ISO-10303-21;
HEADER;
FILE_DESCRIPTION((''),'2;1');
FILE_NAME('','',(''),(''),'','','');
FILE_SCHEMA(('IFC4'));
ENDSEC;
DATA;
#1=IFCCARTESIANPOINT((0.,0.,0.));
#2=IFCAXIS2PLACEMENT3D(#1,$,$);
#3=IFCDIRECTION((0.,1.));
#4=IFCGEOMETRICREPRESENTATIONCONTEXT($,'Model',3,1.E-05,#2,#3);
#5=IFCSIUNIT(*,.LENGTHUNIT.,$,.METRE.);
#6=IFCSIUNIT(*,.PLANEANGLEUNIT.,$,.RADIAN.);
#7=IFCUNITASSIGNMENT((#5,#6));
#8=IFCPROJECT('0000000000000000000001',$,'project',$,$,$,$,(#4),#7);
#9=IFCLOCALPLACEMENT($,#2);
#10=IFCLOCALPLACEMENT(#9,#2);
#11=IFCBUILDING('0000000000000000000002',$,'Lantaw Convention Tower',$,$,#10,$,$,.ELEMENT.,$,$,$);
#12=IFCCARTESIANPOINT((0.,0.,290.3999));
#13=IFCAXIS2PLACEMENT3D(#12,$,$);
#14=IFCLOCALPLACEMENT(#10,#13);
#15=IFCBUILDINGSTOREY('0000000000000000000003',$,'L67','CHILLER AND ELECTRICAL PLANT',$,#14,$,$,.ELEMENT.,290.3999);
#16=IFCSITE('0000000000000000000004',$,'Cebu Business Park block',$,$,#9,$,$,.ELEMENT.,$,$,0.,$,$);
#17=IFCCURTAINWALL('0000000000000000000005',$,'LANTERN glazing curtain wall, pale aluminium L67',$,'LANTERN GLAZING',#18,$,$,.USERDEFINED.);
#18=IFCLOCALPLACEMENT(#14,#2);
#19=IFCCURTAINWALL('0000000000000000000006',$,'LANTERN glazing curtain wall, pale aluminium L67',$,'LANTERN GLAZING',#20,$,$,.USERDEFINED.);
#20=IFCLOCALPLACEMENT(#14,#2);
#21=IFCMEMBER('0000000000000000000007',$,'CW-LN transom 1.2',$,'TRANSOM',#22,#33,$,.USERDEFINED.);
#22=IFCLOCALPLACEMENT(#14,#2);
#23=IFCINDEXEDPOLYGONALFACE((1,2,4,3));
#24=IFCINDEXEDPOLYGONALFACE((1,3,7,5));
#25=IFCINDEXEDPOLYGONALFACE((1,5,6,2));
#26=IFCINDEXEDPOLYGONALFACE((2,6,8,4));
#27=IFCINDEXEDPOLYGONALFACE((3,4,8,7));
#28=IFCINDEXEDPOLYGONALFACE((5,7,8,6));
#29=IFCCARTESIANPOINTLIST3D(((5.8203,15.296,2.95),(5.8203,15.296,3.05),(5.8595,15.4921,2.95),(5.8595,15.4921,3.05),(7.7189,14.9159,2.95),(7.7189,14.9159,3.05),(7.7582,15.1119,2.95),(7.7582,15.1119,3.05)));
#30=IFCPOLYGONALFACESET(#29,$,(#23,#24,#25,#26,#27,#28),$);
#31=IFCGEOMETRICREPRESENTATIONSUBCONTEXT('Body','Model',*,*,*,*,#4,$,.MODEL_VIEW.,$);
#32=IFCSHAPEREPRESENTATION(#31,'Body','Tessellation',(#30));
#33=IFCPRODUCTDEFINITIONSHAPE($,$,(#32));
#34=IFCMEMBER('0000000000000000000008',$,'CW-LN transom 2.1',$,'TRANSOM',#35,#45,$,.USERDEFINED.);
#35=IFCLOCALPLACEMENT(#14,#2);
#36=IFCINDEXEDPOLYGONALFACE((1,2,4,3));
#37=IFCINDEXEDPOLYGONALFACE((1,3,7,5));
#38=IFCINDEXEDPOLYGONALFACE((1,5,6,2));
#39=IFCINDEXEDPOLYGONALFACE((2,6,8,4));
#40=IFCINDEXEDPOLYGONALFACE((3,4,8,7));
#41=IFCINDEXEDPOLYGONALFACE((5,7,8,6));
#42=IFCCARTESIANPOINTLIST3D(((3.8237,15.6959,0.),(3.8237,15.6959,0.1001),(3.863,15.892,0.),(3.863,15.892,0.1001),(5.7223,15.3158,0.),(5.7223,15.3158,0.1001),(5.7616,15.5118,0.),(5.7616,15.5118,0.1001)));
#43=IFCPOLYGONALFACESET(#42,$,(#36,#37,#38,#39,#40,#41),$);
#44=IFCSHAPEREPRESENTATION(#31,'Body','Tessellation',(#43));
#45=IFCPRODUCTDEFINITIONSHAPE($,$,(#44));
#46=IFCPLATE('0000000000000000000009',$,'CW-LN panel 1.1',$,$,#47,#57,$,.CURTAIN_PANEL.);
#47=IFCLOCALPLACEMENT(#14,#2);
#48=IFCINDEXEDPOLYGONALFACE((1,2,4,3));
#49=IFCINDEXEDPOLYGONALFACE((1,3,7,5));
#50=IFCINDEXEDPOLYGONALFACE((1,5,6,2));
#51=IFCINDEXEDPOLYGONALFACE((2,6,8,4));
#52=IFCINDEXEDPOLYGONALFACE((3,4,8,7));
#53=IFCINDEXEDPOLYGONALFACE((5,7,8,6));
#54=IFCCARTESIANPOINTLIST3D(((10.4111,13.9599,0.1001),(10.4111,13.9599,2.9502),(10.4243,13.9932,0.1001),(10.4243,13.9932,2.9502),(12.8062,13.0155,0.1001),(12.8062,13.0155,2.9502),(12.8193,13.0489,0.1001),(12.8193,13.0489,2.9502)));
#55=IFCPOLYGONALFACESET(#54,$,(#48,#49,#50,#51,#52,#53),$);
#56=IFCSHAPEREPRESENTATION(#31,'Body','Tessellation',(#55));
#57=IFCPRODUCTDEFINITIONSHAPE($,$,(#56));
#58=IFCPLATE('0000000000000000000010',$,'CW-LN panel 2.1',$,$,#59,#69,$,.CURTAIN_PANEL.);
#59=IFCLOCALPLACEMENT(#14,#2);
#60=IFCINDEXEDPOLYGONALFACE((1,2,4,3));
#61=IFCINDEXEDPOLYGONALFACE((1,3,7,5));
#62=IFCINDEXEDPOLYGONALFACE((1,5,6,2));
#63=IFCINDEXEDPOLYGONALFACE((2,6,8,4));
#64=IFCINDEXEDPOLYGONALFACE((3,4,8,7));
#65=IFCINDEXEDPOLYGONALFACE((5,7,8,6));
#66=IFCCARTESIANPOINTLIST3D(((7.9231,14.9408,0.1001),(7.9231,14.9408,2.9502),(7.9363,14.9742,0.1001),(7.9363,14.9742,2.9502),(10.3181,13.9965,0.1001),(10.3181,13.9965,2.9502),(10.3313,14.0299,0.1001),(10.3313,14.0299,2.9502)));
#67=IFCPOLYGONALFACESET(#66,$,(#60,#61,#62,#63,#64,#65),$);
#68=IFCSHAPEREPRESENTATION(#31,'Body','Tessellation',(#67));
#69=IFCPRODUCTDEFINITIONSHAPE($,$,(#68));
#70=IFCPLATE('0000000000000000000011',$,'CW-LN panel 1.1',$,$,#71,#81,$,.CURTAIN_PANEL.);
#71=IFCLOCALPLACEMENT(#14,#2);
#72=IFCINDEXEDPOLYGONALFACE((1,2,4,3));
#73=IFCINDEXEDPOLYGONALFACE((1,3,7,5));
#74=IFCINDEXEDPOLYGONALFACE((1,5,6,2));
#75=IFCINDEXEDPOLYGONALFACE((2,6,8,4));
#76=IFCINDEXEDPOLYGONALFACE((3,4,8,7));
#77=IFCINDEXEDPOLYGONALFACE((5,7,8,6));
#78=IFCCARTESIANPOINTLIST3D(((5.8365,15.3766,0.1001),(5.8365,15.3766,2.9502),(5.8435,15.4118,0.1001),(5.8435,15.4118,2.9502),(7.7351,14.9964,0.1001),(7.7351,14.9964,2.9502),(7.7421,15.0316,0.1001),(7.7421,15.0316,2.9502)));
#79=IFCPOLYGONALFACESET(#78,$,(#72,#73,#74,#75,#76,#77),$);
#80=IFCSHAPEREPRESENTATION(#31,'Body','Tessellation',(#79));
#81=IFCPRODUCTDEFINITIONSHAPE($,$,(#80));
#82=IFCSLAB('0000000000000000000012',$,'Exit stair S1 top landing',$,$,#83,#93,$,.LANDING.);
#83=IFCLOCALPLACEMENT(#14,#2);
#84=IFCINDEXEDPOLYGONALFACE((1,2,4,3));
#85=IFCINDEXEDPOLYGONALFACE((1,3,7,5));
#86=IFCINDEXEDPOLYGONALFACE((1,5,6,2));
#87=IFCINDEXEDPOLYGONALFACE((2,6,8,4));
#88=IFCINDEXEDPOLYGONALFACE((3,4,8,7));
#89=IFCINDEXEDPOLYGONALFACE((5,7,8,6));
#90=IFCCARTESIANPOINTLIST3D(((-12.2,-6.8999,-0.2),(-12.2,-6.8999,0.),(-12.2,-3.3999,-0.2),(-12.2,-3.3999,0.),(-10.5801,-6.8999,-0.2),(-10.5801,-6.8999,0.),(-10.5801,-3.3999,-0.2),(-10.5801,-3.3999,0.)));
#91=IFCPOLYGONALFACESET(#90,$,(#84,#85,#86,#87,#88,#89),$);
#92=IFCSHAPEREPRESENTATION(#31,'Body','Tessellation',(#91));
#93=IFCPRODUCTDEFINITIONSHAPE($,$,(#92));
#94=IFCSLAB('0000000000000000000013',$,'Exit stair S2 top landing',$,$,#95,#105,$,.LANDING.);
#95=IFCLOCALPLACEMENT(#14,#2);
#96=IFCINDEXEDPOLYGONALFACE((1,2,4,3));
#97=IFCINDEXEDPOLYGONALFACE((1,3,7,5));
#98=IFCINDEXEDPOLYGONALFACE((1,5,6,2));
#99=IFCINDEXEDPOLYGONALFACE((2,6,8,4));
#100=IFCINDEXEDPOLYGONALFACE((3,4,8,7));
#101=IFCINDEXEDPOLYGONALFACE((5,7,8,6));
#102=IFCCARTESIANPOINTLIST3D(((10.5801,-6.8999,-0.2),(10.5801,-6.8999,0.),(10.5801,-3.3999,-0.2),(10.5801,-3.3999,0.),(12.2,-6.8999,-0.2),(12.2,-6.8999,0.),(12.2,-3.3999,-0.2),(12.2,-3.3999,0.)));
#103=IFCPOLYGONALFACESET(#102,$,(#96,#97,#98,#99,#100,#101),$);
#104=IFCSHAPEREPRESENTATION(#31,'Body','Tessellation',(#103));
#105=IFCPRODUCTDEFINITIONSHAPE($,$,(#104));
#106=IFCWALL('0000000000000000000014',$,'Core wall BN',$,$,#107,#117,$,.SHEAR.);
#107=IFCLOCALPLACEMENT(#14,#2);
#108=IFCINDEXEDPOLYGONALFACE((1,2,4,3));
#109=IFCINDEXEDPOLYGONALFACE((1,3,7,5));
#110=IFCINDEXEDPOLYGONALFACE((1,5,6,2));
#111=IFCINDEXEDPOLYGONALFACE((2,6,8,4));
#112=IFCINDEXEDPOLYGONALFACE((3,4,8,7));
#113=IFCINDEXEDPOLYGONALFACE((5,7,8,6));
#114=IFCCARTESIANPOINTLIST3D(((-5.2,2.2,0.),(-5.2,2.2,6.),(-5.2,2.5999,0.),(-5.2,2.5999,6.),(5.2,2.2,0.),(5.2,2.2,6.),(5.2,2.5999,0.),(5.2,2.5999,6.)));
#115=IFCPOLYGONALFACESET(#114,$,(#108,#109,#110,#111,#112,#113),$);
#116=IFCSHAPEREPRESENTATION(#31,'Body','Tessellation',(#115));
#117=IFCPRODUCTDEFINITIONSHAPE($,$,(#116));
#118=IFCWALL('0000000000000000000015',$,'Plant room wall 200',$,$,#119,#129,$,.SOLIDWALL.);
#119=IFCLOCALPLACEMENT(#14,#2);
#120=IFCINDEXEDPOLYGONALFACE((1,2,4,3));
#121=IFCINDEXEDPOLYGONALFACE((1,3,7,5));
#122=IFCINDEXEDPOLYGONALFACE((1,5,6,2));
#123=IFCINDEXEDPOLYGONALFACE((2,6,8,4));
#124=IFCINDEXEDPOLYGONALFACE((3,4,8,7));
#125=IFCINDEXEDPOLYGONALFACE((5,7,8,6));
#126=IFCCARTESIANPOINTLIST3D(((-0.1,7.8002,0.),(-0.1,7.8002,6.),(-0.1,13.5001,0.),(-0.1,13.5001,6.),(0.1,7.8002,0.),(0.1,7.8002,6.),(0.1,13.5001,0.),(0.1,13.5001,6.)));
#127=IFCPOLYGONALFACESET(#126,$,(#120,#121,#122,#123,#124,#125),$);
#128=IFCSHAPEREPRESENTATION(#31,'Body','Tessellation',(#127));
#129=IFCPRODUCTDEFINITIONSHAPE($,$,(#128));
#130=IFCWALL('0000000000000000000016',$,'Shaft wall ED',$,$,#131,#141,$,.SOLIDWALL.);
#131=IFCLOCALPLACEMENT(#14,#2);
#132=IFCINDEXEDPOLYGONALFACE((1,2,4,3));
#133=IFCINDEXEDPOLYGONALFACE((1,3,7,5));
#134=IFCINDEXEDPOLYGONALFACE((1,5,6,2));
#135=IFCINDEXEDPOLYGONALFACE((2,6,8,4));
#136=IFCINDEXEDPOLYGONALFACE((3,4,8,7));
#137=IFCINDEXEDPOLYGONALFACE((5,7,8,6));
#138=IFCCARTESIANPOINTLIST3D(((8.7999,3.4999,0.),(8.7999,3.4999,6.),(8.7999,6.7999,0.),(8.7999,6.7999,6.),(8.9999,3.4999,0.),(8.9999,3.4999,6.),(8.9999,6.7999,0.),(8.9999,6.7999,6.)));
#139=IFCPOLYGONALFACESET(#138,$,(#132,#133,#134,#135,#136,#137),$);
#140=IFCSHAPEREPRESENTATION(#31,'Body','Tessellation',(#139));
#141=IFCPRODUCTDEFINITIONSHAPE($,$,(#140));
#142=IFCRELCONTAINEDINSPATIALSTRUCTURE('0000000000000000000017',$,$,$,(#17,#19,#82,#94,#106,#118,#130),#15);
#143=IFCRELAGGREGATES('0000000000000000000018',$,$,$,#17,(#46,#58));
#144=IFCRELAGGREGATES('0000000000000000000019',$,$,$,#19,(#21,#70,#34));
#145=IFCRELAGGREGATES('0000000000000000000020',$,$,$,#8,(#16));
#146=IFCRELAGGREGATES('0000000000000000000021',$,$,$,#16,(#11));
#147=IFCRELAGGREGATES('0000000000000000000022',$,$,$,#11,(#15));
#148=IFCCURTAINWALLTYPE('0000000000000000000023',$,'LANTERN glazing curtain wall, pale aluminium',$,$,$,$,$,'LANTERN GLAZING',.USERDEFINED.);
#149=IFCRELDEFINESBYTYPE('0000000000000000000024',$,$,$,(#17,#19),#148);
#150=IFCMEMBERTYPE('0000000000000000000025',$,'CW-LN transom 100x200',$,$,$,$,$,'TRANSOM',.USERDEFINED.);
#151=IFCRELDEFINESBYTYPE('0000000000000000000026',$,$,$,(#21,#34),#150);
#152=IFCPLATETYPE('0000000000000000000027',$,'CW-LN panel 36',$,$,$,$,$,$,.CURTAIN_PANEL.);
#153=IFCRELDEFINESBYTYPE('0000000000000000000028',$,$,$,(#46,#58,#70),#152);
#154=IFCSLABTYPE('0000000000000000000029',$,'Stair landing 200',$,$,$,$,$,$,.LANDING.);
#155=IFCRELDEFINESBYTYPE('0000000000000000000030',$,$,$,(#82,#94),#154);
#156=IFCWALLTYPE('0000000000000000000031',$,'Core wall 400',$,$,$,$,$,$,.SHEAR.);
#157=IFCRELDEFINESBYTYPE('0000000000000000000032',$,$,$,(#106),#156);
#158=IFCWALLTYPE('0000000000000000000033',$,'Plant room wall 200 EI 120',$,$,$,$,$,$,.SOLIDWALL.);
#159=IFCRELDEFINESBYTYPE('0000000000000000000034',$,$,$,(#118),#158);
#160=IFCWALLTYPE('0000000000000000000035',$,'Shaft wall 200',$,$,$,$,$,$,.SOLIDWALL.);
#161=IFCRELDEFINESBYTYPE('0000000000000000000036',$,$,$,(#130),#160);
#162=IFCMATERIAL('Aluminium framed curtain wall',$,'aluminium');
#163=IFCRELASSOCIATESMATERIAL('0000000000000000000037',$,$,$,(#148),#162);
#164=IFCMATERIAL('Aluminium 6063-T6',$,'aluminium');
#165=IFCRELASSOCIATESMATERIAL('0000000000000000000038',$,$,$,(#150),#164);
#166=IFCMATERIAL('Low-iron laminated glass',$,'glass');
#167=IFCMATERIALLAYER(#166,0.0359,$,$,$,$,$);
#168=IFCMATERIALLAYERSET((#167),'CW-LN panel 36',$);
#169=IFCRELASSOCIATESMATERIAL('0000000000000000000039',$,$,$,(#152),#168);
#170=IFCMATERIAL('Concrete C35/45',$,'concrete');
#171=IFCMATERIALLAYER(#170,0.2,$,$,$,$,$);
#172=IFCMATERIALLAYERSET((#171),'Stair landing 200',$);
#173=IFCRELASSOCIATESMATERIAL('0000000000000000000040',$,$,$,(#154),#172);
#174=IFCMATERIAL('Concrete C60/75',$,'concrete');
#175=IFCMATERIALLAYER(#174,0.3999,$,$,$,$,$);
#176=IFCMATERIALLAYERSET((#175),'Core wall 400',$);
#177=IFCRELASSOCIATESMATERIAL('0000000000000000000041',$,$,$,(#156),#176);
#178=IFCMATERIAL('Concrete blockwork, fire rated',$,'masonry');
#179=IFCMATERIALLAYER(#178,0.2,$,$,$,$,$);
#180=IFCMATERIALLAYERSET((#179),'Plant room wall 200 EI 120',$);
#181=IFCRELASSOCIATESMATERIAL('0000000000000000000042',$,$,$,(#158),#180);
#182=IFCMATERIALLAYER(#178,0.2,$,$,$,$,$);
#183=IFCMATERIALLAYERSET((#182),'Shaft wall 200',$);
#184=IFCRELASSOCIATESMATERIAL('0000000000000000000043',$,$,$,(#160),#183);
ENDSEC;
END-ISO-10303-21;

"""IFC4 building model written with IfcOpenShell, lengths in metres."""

from ifc_helpers import new_model, si_unit, direction, frame, frame_2d, origin, origin_2d, place, context, subcontext, project, spatial, polyline, rectangle, outline, extrude, material, layer, layer_set, material_profile, profile_set, type_object, element, aggregate, save


model = new_model("IFC4")

# Units and contexts
model_context = context("Model", 3, precision=1e-05, world=origin(), true_north=direction((0.0, 1.0)))
body_context = subcontext(model_context, "Body", "Model", "MODEL_VIEW")
ifc_project = project(units=[si_unit("LENGTHUNIT", "METRE"), si_unit("PLANEANGLEUNIT", "RADIAN")], contexts=[model_context])

# Site, building, storey
site_placement = place(None, origin())
site = spatial("IfcSite", under=ifc_project, at=site_placement, Name="Cebu Business Park block", CompositionType="ELEMENT", RefElevation=0.0)
building_placement = place(site_placement, origin())
building = spatial("IfcBuilding", under=site, at=building_placement, Name="Lantaw Convention Tower", CompositionType="ELEMENT")
storey_placement = place(building_placement, frame((0.0, 0.0, 290.3999)))
storey = spatial("IfcBuildingStorey", under=building, at=storey_placement, Name="L67", Description="CHILLER AND ELECTRICAL PLANT", CompositionType="ELEMENT", Elevation=290.3999)

# Curtain walls
ifc_material_1 = material(Name="Aluminium framed curtain wall", Category="aluminium")
curtain_wall_type = type_object("IfcCurtainWallType", Name="LANTERN glazing curtain wall, pale aluminium", ElementType="LANTERN GLAZING", PredefinedType="USERDEFINED", material=ifc_material_1)
curtain_wall_1_placement = place(storey_placement, origin())
curtain_wall_1 = element("IfcCurtainWall", 1, at=curtain_wall_1_placement, inside=storey, type_object=curtain_wall_type, Name="LANTERN glazing curtain wall, pale aluminium L67", ObjectType="LANTERN GLAZING", PredefinedType="USERDEFINED")
ifc_material_2 = material(Name="Aluminium 6063-T6", Category="aluminium")
curtain_wall_2_placement = place(storey_placement, origin())
curtain_wall_2 = element("IfcCurtainWall", 2, at=curtain_wall_2_placement, inside=storey, type_object=curtain_wall_type, Name="LANTERN glazing curtain wall, pale aluminium L67", ObjectType="LANTERN GLAZING", PredefinedType="USERDEFINED")

# Members
ifc_material_profile_1 = material_profile(ifc_material_2, rectangle(XDim=0.2, YDim=0.1001, at=origin_2d()), Name="CW-LN transom 100x200")
ifc_profile_set_1 = profile_set([ifc_material_profile_1], Name="Aluminium 6063-T6")
member_type_1 = type_object("IfcMemberType", Name="CW-LN transom 100x200", ElementType="TRANSOM", PredefinedType="USERDEFINED", material=ifc_profile_set_1)
member_1_placement = place(storey_placement, frame((7.7385, 15.0139, 3.0), z_axis=(-0.980542, 0.19631, 0.0), x_axis=(-0.19631, -0.980542, 0.0)))
member_1 = element("IfcMember", 3, at=member_1_placement, type_object=member_type_1, Name="CW-LN transom 1.2", ObjectType="TRANSOM", PredefinedType="USERDEFINED", context=body_context, shape_type="SweptSolid", body=[
    extrude(rectangle(XDim=0.2, YDim=0.1001, at=origin_2d()), origin(), (0.0, 0.0, 1.0), 1.9363),
])
member_2_placement = place(storey_placement, frame((5.7419, 15.4138, 0.05), z_axis=(-0.980542, 0.19631, 0.0), x_axis=(-0.19631, -0.980542, 0.0)))
member_2 = element("IfcMember", 4, at=member_2_placement, type_object=member_type_1, Name="CW-LN transom 2.1", ObjectType="TRANSOM", PredefinedType="USERDEFINED", context=body_context, shape_type="SweptSolid", body=[
    extrude(rectangle(XDim=0.2, YDim=0.1001, at=origin_2d()), origin(), (0.0, 0.0, 1.0), 1.9363),
])

# Plates
ifc_material_3 = material(Name="Low-iron laminated glass", Category="glass")
ifc_layer_1 = layer(ifc_material_3, 0.0359)
ifc_layer_set_1 = layer_set([ifc_layer_1], Name="CW-LN panel 36")
plate_type = type_object("IfcPlateType", Name="CW-LN panel 36", PredefinedType="CURTAIN_PANEL", material=ifc_layer_set_1)
plate_1_placement = place(storey_placement, frame((11.6152, 13.5044, 0.1001), z_axis=(0.0, 0.0, 1.0), x_axis=(-0.930299, 0.366802, 0.0)))
plate_1 = element("IfcPlate", 5, at=plate_1_placement, type_object=plate_type, Name="CW-LN panel 1.1", PredefinedType="CURTAIN_PANEL", context=body_context, shape_type="SweptSolid", body=[
    extrude(rectangle(XDim=2.5745, YDim=0.0359, at=origin_2d()), origin(), (0.0, 0.0, 1.0), 2.8501),
])
plate_2_placement = place(storey_placement, frame((9.1272, 14.4854, 0.1001), z_axis=(0.0, 0.0, 1.0), x_axis=(-0.930299, 0.366802, 0.0)))
plate_2 = element("IfcPlate", 6, at=plate_2_placement, type_object=plate_type, Name="CW-LN panel 2.1", PredefinedType="CURTAIN_PANEL", context=body_context, shape_type="SweptSolid", body=[
    extrude(rectangle(XDim=2.5745, YDim=0.0359, at=origin_2d()), origin(), (0.0, 0.0, 1.0), 2.8501),
])
aggregate(curtain_wall_1, [plate_1, plate_2])
plate_3_placement = place(storey_placement, frame((6.7893, 15.2041, 0.1001), z_axis=(0.0, 0.0, 1.0), x_axis=(-0.98053, 0.196367, 0.0)))
plate_3 = element("IfcPlate", 7, at=plate_3_placement, type_object=plate_type, Name="CW-LN panel 1.1", PredefinedType="CURTAIN_PANEL", context=body_context, shape_type="SweptSolid", body=[
    extrude(rectangle(XDim=1.9363, YDim=0.0359, at=origin_2d()), origin(), (0.0, 0.0, 1.0), 2.8501),
])
aggregate(curtain_wall_2, [member_1, plate_3, member_2])

# Slabs
ifc_material_4 = material(Name="Concrete C35/45", Category="concrete")
ifc_layer_2 = layer(ifc_material_4, 0.2)
ifc_layer_set_2 = layer_set([ifc_layer_2], Name="Stair landing 200")
slab_type = type_object("IfcSlabType", Name="Stair landing 200", PredefinedType="LANDING", material=ifc_layer_set_2)
slab_1_placement = place(storey_placement, frame((0.0, 0.0, -0.2)))
element("IfcSlab", 8, at=slab_1_placement, inside=storey, type_object=slab_type, Name="Exit stair S1 top landing", PredefinedType="LANDING", context=body_context, shape_type="SweptSolid", body=[
    extrude(outline(polyline([(-12.2, -6.8999), (-10.5801, -6.8999), (-10.5801, -3.3999), (-12.2, -3.3999), (-12.2, -6.8999)])), origin(), (0.0, 0.0, 1.0), 0.2),
])
slab_2_placement = place(storey_placement, frame((0.0, 0.0, -0.2)))
element("IfcSlab", 9, at=slab_2_placement, inside=storey, type_object=slab_type, Name="Exit stair S2 top landing", PredefinedType="LANDING", context=body_context, shape_type="SweptSolid", body=[
    extrude(outline(polyline([(10.5801, -6.8999), (12.2, -6.8999), (12.2, -3.3999), (10.5801, -3.3999), (10.5801, -6.8999)])), origin(), (0.0, 0.0, 1.0), 0.2),
])

# Walls
ifc_material_5 = material(Name="Concrete C60/75", Category="concrete")
ifc_layer_3 = layer(ifc_material_5, 0.3999)
ifc_layer_set_3 = layer_set([ifc_layer_3], Name="Core wall 400")
wall_type_1 = type_object("IfcWallType", Name="Core wall 400", PredefinedType="SHEAR", material=ifc_layer_set_3)
wall_1_placement = place(storey_placement, frame((5.2, 2.3999, 0.0), z_axis=(0.0, 0.0, 1.0), x_axis=(-1.0, 0.0, 0.0)))
element("IfcWall", 10, at=wall_1_placement, inside=storey, type_object=wall_type_1, Name="Core wall BN", PredefinedType="SHEAR", context=body_context, shape_type="SweptSolid", body=[
    extrude(rectangle(XDim=10.3999, YDim=0.3999, at=frame_2d((5.2, 0.0))), origin(), (0.0, 0.0, 1.0), 6.0),
])
ifc_material_6 = material(Name="Concrete blockwork, fire rated", Category="masonry")
ifc_layer_4 = layer(ifc_material_6, 0.2)
ifc_layer_set_4 = layer_set([ifc_layer_4], Name="Plant room wall 200 EI 120")
wall_type_2 = type_object("IfcWallType", Name="Plant room wall 200 EI 120", PredefinedType="SOLIDWALL", material=ifc_layer_set_4)
wall_2_placement = place(storey_placement, frame((0.0, 7.8, 0.0), z_axis=(0.0, 0.0, 1.0), x_axis=(0.0, 1.0, 0.0)))
element("IfcWall", 11, at=wall_2_placement, inside=storey, type_object=wall_type_2, Name="Plant room wall 200", PredefinedType="SOLIDWALL", context=body_context, shape_type="SweptSolid", body=[
    extrude(rectangle(XDim=5.7, YDim=0.2, at=frame_2d((2.8501, 0.0))), origin(), (0.0, 0.0, 1.0), 6.0),
])
ifc_layer_5 = layer(ifc_material_6, 0.2)
ifc_layer_set_5 = layer_set([ifc_layer_5], Name="Shaft wall 200")
wall_type_3 = type_object("IfcWallType", Name="Shaft wall 200", PredefinedType="SOLIDWALL", material=ifc_layer_set_5)
wall_3_placement = place(storey_placement, frame((8.8999, 3.5, 0.0), z_axis=(0.0, 0.0, 1.0), x_axis=(0.0, 1.0, 0.0)))
element("IfcWall", 12, at=wall_3_placement, inside=storey, type_object=wall_type_3, Name="Shaft wall ED", PredefinedType="SOLIDWALL", context=body_context, shape_type="SweptSolid", body=[
    extrude(rectangle(XDim=3.3, YDim=0.2, at=frame_2d((1.6499, 0.0))), origin(), (0.0, 0.0, 1.0), 6.0),
])

save(model, "model.ifc")
